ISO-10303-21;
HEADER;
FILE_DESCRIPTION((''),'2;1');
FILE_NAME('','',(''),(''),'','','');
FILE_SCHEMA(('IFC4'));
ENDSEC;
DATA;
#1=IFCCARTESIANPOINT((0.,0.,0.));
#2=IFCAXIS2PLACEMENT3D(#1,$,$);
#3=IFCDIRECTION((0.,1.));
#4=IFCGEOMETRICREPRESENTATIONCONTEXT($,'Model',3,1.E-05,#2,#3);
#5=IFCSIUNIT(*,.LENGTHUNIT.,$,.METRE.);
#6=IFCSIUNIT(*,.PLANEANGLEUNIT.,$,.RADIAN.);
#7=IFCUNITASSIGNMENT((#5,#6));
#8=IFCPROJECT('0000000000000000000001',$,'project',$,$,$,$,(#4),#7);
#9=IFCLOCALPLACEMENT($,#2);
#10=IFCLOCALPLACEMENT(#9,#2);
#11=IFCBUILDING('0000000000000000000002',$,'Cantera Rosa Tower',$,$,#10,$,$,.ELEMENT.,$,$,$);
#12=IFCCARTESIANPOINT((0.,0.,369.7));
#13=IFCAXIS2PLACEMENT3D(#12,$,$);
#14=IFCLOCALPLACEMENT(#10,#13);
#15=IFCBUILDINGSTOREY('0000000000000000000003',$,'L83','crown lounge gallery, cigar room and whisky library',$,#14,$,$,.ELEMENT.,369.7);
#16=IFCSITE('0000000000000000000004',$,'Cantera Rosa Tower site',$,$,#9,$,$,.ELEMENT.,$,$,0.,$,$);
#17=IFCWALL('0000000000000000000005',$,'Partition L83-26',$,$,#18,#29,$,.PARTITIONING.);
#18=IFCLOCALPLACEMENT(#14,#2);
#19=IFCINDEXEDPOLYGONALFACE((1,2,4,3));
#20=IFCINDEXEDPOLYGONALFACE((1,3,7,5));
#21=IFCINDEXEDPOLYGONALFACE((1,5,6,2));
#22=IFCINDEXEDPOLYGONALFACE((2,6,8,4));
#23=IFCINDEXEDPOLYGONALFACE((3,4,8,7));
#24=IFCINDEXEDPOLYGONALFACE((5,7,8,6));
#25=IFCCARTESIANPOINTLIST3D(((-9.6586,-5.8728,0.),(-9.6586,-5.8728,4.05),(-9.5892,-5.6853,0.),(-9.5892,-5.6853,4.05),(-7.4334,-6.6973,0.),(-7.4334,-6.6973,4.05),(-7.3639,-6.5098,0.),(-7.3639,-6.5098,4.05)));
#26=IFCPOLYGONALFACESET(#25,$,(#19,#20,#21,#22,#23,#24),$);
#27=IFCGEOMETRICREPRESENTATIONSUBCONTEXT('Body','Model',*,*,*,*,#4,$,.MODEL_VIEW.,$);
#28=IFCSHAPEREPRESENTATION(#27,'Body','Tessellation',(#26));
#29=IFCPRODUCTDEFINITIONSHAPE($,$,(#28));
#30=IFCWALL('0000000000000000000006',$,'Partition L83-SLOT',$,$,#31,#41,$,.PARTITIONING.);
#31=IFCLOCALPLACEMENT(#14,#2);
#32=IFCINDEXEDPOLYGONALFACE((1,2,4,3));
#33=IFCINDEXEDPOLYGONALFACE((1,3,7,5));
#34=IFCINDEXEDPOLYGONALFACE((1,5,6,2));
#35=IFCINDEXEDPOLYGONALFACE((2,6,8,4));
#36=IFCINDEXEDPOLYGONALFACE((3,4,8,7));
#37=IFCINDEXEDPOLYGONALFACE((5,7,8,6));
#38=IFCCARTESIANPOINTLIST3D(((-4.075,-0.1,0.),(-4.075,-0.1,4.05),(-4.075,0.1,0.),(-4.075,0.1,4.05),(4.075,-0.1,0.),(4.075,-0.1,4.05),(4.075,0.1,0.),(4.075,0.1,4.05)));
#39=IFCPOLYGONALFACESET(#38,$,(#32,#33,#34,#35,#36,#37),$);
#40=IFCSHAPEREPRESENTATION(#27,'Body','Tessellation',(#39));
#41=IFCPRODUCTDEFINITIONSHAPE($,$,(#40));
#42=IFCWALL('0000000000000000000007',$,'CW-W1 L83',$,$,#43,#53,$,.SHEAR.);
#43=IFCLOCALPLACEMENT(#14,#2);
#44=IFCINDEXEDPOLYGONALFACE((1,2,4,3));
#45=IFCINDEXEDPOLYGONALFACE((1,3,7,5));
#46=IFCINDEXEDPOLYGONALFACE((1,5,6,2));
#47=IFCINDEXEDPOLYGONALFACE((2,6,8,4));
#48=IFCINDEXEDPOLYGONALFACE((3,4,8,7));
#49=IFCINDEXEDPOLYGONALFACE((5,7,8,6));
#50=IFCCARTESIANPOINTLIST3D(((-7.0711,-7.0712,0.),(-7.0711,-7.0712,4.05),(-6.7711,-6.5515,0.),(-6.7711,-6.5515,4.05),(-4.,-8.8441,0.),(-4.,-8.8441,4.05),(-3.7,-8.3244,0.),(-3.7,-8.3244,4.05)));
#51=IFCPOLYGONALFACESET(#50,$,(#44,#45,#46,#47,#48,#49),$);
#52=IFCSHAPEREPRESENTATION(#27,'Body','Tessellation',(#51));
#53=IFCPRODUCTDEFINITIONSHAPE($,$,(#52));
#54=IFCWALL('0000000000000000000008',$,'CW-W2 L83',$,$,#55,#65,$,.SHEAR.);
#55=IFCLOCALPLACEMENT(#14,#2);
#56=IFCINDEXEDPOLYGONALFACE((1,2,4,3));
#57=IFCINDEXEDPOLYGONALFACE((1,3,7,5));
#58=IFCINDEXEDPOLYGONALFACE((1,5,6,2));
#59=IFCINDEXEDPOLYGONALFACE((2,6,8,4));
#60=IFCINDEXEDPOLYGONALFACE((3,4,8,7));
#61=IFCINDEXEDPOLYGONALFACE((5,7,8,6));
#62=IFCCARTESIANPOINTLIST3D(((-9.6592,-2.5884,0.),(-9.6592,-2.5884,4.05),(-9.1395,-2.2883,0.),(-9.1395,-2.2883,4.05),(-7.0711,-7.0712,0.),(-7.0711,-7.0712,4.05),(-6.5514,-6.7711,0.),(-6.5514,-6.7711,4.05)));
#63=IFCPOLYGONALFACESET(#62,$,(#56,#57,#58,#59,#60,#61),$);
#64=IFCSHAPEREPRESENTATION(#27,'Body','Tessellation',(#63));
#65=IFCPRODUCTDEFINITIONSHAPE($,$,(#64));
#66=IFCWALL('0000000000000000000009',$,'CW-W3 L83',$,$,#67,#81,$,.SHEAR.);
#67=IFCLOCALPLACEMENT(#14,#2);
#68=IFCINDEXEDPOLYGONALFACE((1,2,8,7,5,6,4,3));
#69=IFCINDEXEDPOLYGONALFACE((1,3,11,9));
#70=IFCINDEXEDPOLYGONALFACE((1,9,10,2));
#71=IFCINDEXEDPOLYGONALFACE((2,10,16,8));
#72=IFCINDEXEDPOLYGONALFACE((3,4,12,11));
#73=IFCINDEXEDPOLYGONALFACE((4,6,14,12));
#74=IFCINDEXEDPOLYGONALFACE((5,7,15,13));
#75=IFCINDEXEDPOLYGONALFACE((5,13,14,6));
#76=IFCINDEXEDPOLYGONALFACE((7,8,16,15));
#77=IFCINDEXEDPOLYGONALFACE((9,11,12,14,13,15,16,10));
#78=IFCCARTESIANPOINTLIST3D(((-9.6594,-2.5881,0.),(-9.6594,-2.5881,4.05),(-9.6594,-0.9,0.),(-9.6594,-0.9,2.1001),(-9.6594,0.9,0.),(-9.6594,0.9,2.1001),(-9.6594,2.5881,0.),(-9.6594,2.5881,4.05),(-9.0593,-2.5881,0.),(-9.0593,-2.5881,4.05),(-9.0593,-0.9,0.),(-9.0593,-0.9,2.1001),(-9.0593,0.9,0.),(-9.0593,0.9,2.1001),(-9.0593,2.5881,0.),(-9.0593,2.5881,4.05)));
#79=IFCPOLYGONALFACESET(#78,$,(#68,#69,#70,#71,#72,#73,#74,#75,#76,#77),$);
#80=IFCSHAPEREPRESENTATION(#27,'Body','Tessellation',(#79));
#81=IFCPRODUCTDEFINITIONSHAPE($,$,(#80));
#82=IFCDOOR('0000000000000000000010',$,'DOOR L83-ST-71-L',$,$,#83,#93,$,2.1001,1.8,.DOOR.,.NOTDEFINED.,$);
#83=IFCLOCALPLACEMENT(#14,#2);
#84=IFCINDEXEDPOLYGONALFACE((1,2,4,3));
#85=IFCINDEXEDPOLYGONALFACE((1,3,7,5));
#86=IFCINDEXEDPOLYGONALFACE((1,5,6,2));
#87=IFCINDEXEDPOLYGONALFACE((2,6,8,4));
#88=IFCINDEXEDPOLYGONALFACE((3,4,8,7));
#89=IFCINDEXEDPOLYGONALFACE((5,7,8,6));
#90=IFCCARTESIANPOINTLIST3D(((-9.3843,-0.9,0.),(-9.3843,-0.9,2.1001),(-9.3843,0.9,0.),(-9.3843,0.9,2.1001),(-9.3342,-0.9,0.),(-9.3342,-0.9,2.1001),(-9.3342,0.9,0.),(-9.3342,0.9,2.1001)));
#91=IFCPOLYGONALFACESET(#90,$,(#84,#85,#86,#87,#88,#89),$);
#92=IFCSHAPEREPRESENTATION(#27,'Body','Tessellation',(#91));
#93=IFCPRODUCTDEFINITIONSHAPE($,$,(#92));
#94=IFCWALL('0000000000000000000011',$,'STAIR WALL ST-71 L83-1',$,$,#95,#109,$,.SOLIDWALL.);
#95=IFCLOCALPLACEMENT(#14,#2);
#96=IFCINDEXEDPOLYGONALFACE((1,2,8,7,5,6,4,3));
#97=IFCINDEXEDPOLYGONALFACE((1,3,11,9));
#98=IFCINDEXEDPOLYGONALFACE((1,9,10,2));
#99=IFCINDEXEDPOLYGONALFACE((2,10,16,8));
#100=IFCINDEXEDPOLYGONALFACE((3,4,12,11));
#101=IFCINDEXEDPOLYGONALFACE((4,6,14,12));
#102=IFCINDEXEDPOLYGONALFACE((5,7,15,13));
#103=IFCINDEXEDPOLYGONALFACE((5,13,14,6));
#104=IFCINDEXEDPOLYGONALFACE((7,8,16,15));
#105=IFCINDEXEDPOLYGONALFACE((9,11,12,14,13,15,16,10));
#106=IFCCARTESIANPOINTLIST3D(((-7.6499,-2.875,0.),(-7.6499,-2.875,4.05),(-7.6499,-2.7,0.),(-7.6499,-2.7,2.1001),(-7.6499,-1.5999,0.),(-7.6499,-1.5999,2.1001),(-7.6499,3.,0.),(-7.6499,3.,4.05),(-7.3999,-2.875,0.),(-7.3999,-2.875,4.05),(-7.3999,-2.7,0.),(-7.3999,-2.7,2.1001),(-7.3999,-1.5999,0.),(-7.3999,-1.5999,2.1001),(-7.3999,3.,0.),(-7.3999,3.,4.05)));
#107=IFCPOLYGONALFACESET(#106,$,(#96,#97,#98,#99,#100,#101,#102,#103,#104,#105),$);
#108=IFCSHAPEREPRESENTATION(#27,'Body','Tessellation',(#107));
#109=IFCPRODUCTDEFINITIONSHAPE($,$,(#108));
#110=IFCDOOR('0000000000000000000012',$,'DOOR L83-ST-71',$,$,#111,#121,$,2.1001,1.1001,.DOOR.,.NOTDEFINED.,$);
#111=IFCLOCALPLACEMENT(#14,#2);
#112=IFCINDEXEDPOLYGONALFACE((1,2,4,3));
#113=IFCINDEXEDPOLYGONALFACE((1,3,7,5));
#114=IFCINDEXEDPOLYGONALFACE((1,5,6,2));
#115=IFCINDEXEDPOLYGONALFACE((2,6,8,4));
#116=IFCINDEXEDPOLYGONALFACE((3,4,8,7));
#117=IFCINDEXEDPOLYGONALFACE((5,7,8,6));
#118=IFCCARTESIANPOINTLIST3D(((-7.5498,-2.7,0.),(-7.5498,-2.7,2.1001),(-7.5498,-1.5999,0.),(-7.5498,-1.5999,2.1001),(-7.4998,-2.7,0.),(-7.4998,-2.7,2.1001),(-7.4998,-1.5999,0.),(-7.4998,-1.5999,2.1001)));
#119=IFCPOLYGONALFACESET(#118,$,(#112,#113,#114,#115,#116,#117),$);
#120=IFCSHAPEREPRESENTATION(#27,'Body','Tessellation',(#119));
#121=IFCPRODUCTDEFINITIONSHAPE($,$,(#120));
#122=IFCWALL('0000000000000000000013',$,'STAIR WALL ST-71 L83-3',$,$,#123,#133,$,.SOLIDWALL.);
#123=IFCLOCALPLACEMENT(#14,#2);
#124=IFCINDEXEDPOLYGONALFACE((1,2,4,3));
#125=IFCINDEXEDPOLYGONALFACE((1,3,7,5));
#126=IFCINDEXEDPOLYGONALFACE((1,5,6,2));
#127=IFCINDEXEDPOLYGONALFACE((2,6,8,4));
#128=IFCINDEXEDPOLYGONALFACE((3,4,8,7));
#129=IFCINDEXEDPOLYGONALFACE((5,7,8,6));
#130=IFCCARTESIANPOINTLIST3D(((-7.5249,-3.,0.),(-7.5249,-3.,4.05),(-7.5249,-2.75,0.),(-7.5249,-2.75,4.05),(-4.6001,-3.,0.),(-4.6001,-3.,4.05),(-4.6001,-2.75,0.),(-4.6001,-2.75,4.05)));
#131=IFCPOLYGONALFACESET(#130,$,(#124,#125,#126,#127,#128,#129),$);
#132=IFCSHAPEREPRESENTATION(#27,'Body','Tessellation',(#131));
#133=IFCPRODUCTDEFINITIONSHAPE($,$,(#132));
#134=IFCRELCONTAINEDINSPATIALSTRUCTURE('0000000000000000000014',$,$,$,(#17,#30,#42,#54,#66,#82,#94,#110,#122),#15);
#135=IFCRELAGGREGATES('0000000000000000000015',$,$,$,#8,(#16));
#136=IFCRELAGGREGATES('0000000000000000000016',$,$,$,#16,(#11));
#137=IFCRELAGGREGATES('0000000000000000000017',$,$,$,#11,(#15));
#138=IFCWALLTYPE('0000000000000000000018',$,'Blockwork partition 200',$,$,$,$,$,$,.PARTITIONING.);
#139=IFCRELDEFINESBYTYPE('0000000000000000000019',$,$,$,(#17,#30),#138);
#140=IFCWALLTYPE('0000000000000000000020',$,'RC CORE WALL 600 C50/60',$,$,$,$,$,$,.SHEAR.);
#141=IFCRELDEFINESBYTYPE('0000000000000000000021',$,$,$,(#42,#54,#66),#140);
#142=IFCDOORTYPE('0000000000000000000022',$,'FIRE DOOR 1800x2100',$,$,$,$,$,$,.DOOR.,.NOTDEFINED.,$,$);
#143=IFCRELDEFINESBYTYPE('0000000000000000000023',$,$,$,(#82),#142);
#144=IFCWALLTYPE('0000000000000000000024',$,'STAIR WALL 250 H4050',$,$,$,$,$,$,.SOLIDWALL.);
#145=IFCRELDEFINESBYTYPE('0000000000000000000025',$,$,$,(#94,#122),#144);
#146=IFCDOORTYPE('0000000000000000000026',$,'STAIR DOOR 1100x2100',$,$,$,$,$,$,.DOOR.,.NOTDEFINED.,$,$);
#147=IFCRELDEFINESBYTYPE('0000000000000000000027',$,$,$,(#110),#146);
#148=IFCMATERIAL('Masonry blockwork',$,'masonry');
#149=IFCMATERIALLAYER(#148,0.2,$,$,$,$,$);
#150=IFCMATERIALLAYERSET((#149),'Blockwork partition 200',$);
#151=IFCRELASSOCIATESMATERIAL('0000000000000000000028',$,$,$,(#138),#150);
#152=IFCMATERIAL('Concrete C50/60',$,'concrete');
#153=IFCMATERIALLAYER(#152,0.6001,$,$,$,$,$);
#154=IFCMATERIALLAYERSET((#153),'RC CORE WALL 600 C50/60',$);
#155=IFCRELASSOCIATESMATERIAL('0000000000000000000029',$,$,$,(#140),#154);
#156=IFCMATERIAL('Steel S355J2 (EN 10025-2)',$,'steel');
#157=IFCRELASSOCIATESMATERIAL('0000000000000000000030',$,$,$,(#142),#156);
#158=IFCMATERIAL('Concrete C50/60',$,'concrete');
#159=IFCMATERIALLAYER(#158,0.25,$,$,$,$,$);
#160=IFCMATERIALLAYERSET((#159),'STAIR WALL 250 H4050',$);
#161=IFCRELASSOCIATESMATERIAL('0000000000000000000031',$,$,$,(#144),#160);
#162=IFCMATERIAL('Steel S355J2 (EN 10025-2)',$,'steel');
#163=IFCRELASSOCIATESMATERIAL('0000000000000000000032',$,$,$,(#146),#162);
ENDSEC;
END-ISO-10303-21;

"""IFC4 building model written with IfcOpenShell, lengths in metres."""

from ifc_helpers import new_model, si_unit, direction, frame, frame_2d, origin, place, context, subcontext, project, spatial, rectangle, extrude, material, layer, layer_set, type_object, element, fill, save


model = new_model("IFC4")

# Units and contexts
model_context = context("Model", 3, precision=1e-05, world=origin(), true_north=direction((0.0, 1.0)))
body_context = subcontext(model_context, "Body", "Model", "MODEL_VIEW")
ifc_project = project(units=[si_unit("LENGTHUNIT", "METRE"), si_unit("PLANEANGLEUNIT", "RADIAN")], contexts=[model_context])

# Site, building, storey
site_placement = place(None, origin())
site = spatial("IfcSite", under=ifc_project, at=site_placement, Name="Cantera Rosa Tower site", CompositionType="ELEMENT", RefElevation=0.0)
building_placement = place(site_placement, origin())
building = spatial("IfcBuilding", under=site, at=building_placement, Name="Cantera Rosa Tower", CompositionType="ELEMENT")
storey_placement = place(building_placement, frame((0.0, 0.0, 369.7)))
storey = spatial("IfcBuildingStorey", under=building, at=storey_placement, Name="L83", Description="crown lounge gallery, cigar room and whisky library", CompositionType="ELEMENT", Elevation=369.7)

# Walls
ifc_material_1 = material(Name="Masonry blockwork", Category="masonry")
ifc_layer_1 = layer(ifc_material_1, 0.2)
ifc_layer_set_1 = layer_set([ifc_layer_1], Name="Blockwork partition 200")
wall_type_1 = type_object("IfcWallType", Name="Blockwork partition 200", PredefinedType="PARTITIONING", material=ifc_layer_set_1)
wall_1_placement = place(storey_placement, frame((-7.3987, -6.6035, 0.0), z_axis=(0.0, 0.0, 1.0), x_axis=(-0.9377, 0.347445, 0.0)))
element("IfcWall", 1, at=wall_1_placement, inside=storey, type_object=wall_type_1, Name="Partition L83-26", PredefinedType="PARTITIONING", context=body_context, shape_type="SweptSolid", body=[
    extrude(rectangle(XDim=2.373, YDim=0.2, at=frame_2d((1.1865, 0.0))), origin(), (0.0, 0.0, 1.0), 4.05),
])
wall_2_placement = place(storey_placement, frame((-4.075, 0.0, 0.0), z_axis=(0.0, 0.0, 1.0), x_axis=(1.0, 0.0, 0.0)))
element("IfcWall", 2, at=wall_2_placement, inside=storey, type_object=wall_type_1, Name="Partition L83-SLOT", PredefinedType="PARTITIONING", context=body_context, shape_type="SweptSolid", body=[
    extrude(rectangle(XDim=8.1499, YDim=0.2, at=frame_2d((4.075, 0.0))), origin(), (0.0, 0.0, 1.0), 4.05),
])
ifc_material_2 = material(Name="Concrete C50/60", Category="concrete")
ifc_layer_2 = layer(ifc_material_2, 0.6001)
ifc_layer_set_2 = layer_set([ifc_layer_2], Name="RC CORE WALL 600 C50/60")
wall_type_2 = type_object("IfcWallType", Name="RC CORE WALL 600 C50/60", PredefinedType="SHEAR", material=ifc_layer_set_2)
wall_3_placement = place(storey_placement, frame((-3.8501, -8.5842, 0.0), z_axis=(0.0, 0.0, 1.0), x_axis=(-0.86604, 0.499975, 0.0)))
element("IfcWall", 3, at=wall_3_placement, inside=storey, type_object=wall_type_2, Name="CW-W1 L83", PredefinedType="SHEAR", context=body_context, shape_type="SweptSolid", body=[
    extrude(rectangle(XDim=3.5461, YDim=0.6001, at=frame_2d((1.7729, 0.0))), origin(), (0.0, 0.0, 1.0), 4.05),
])
wall_4_placement = place(storey_placement, frame((-6.8113, -6.9211, 0.0), z_axis=(0.0, 0.0, 1.0), x_axis=(-0.499989, 0.866032, 0.0)))
element("IfcWall", 4, at=wall_4_placement, inside=storey, type_object=wall_type_2, Name="CW-W2 L83", PredefinedType="SHEAR", context=body_context, shape_type="SweptSolid", body=[
    extrude(rectangle(XDim=5.1763, YDim=0.6001, at=frame_2d((2.5881, 0.0))), origin(), (0.0, 0.0, 1.0), 4.05),
])

# Walls, openings, doors
wall_5_placement = place(storey_placement, frame((-9.3594, -2.5881, 0.0), z_axis=(0.0, 0.0, 1.0), x_axis=(0.0, 1.0, 0.0)))
wall_5 = element("IfcWall", 5, at=wall_5_placement, inside=storey, type_object=wall_type_2, Name="CW-W3 L83", PredefinedType="SHEAR", context=body_context, shape_type="SweptSolid", body=[
    extrude(rectangle(XDim=5.1763, YDim=0.6001, at=frame_2d((2.5881, 0.0))), origin(), (0.0, 0.0, 1.0), 4.05),
])
opening_1_placement = place(wall_5_placement, frame((1.6882, 0.0, 0.0)))
opening_1 = element("IfcOpeningElement", 6, at=opening_1_placement, cuts=wall_5, PredefinedType="OPENING", context=body_context, shape_type="SweptSolid", body=[
    extrude(rectangle(XDim=1.8, YDim=2.1001, at=frame_2d((0.8999, 1.05))), frame((0.0, 0.3101, 0.0), z_axis=(0.0, -1.0, 0.0), x_axis=(1.0, 0.0, 0.0)), (0.0, 0.0, 1.0), 0.6201),
])
ifc_material_3 = material(Name="Steel S355J2 (EN 10025-2)", Category="steel")
door_type_1 = type_object("IfcDoorType", Name="FIRE DOOR 1800x2100", OperationType="NOTDEFINED", PredefinedType="DOOR", material=ifc_material_3)
door_1_placement = place(opening_1_placement, origin())
door_1 = element("IfcDoor", 7, at=door_1_placement, inside=storey, type_object=door_type_1, Name="DOOR L83-ST-71-L", OperationType="NOTDEFINED", OverallHeight=2.1001, OverallWidth=1.8, PredefinedType="DOOR", context=body_context, shape_type="SweptSolid", body=[
    extrude(rectangle(XDim=1.8, YDim=2.1001, at=frame_2d((0.8999, 1.05))), frame((0.0, 0.0249, 0.0), z_axis=(0.0, -1.0, 0.0), x_axis=(1.0, 0.0, 0.0)), (0.0, 0.0, 1.0), 0.05),
])
fill(opening_1, door_1)
ifc_material_4 = material(Name="Concrete C50/60", Category="concrete")
ifc_layer_3 = layer(ifc_material_4, 0.25)
ifc_layer_set_3 = layer_set([ifc_layer_3], Name="STAIR WALL 250 H4050")
wall_type_3 = type_object("IfcWallType", Name="STAIR WALL 250 H4050", PredefinedType="SOLIDWALL", material=ifc_layer_set_3)
wall_6_placement = place(storey_placement, frame((-7.5249, -2.875, 0.0), z_axis=(0.0, 0.0, 1.0), x_axis=(0.0, 1.0, 0.0)))
wall_6 = element("IfcWall", 8, at=wall_6_placement, inside=storey, type_object=wall_type_3, Name="STAIR WALL ST-71 L83-1", PredefinedType="SOLIDWALL", context=body_context, shape_type="SweptSolid", body=[
    extrude(rectangle(XDim=5.875, YDim=0.25, at=frame_2d((2.9375, 0.0))), origin(), (0.0, 0.0, 1.0), 4.05),
])
opening_2_placement = place(wall_6_placement, frame((0.175, 0.0, 0.0)))
opening_2 = element("IfcOpeningElement", 9, at=opening_2_placement, cuts=wall_6, PredefinedType="OPENING", context=body_context, shape_type="SweptSolid", body=[
    extrude(rectangle(XDim=1.1001, YDim=2.1001, at=frame_2d((0.55, 1.05))), frame((0.0, 0.135, 0.0), z_axis=(0.0, -1.0, 0.0), x_axis=(1.0, 0.0, 0.0)), (0.0, 0.0, 1.0), 0.27),
])
ifc_material_5 = material(Name="Steel S355J2 (EN 10025-2)", Category="steel")
door_type_2 = type_object("IfcDoorType", Name="STAIR DOOR 1100x2100", OperationType="NOTDEFINED", PredefinedType="DOOR", material=ifc_material_5)
door_2_placement = place(opening_2_placement, origin())
door_2 = element("IfcDoor", 10, at=door_2_placement, inside=storey, type_object=door_type_2, Name="DOOR L83-ST-71", OperationType="NOTDEFINED", OverallHeight=2.1001, OverallWidth=1.1001, PredefinedType="DOOR", context=body_context, shape_type="SweptSolid", body=[
    extrude(rectangle(XDim=1.1001, YDim=2.1001, at=frame_2d((0.55, 1.05))), frame((0.0, 0.0249, 0.0), z_axis=(0.0, -1.0, 0.0), x_axis=(1.0, 0.0, 0.0)), (0.0, 0.0, 1.0), 0.05),
])
fill(opening_2, door_2)

# Wall
wall_7_placement = place(storey_placement, frame((-4.6001, -2.875, 0.0), z_axis=(0.0, 0.0, 1.0), x_axis=(-1.0, 0.0, 0.0)))
element("IfcWall", 11, at=wall_7_placement, inside=storey, type_object=wall_type_3, Name="STAIR WALL ST-71 L83-3", PredefinedType="SOLIDWALL", context=body_context, shape_type="SweptSolid", body=[
    extrude(rectangle(XDim=2.9248, YDim=0.25, at=frame_2d((1.4624, 0.0))), origin(), (0.0, 0.0, 1.0), 4.05),
])

save(model, "model.ifc")
